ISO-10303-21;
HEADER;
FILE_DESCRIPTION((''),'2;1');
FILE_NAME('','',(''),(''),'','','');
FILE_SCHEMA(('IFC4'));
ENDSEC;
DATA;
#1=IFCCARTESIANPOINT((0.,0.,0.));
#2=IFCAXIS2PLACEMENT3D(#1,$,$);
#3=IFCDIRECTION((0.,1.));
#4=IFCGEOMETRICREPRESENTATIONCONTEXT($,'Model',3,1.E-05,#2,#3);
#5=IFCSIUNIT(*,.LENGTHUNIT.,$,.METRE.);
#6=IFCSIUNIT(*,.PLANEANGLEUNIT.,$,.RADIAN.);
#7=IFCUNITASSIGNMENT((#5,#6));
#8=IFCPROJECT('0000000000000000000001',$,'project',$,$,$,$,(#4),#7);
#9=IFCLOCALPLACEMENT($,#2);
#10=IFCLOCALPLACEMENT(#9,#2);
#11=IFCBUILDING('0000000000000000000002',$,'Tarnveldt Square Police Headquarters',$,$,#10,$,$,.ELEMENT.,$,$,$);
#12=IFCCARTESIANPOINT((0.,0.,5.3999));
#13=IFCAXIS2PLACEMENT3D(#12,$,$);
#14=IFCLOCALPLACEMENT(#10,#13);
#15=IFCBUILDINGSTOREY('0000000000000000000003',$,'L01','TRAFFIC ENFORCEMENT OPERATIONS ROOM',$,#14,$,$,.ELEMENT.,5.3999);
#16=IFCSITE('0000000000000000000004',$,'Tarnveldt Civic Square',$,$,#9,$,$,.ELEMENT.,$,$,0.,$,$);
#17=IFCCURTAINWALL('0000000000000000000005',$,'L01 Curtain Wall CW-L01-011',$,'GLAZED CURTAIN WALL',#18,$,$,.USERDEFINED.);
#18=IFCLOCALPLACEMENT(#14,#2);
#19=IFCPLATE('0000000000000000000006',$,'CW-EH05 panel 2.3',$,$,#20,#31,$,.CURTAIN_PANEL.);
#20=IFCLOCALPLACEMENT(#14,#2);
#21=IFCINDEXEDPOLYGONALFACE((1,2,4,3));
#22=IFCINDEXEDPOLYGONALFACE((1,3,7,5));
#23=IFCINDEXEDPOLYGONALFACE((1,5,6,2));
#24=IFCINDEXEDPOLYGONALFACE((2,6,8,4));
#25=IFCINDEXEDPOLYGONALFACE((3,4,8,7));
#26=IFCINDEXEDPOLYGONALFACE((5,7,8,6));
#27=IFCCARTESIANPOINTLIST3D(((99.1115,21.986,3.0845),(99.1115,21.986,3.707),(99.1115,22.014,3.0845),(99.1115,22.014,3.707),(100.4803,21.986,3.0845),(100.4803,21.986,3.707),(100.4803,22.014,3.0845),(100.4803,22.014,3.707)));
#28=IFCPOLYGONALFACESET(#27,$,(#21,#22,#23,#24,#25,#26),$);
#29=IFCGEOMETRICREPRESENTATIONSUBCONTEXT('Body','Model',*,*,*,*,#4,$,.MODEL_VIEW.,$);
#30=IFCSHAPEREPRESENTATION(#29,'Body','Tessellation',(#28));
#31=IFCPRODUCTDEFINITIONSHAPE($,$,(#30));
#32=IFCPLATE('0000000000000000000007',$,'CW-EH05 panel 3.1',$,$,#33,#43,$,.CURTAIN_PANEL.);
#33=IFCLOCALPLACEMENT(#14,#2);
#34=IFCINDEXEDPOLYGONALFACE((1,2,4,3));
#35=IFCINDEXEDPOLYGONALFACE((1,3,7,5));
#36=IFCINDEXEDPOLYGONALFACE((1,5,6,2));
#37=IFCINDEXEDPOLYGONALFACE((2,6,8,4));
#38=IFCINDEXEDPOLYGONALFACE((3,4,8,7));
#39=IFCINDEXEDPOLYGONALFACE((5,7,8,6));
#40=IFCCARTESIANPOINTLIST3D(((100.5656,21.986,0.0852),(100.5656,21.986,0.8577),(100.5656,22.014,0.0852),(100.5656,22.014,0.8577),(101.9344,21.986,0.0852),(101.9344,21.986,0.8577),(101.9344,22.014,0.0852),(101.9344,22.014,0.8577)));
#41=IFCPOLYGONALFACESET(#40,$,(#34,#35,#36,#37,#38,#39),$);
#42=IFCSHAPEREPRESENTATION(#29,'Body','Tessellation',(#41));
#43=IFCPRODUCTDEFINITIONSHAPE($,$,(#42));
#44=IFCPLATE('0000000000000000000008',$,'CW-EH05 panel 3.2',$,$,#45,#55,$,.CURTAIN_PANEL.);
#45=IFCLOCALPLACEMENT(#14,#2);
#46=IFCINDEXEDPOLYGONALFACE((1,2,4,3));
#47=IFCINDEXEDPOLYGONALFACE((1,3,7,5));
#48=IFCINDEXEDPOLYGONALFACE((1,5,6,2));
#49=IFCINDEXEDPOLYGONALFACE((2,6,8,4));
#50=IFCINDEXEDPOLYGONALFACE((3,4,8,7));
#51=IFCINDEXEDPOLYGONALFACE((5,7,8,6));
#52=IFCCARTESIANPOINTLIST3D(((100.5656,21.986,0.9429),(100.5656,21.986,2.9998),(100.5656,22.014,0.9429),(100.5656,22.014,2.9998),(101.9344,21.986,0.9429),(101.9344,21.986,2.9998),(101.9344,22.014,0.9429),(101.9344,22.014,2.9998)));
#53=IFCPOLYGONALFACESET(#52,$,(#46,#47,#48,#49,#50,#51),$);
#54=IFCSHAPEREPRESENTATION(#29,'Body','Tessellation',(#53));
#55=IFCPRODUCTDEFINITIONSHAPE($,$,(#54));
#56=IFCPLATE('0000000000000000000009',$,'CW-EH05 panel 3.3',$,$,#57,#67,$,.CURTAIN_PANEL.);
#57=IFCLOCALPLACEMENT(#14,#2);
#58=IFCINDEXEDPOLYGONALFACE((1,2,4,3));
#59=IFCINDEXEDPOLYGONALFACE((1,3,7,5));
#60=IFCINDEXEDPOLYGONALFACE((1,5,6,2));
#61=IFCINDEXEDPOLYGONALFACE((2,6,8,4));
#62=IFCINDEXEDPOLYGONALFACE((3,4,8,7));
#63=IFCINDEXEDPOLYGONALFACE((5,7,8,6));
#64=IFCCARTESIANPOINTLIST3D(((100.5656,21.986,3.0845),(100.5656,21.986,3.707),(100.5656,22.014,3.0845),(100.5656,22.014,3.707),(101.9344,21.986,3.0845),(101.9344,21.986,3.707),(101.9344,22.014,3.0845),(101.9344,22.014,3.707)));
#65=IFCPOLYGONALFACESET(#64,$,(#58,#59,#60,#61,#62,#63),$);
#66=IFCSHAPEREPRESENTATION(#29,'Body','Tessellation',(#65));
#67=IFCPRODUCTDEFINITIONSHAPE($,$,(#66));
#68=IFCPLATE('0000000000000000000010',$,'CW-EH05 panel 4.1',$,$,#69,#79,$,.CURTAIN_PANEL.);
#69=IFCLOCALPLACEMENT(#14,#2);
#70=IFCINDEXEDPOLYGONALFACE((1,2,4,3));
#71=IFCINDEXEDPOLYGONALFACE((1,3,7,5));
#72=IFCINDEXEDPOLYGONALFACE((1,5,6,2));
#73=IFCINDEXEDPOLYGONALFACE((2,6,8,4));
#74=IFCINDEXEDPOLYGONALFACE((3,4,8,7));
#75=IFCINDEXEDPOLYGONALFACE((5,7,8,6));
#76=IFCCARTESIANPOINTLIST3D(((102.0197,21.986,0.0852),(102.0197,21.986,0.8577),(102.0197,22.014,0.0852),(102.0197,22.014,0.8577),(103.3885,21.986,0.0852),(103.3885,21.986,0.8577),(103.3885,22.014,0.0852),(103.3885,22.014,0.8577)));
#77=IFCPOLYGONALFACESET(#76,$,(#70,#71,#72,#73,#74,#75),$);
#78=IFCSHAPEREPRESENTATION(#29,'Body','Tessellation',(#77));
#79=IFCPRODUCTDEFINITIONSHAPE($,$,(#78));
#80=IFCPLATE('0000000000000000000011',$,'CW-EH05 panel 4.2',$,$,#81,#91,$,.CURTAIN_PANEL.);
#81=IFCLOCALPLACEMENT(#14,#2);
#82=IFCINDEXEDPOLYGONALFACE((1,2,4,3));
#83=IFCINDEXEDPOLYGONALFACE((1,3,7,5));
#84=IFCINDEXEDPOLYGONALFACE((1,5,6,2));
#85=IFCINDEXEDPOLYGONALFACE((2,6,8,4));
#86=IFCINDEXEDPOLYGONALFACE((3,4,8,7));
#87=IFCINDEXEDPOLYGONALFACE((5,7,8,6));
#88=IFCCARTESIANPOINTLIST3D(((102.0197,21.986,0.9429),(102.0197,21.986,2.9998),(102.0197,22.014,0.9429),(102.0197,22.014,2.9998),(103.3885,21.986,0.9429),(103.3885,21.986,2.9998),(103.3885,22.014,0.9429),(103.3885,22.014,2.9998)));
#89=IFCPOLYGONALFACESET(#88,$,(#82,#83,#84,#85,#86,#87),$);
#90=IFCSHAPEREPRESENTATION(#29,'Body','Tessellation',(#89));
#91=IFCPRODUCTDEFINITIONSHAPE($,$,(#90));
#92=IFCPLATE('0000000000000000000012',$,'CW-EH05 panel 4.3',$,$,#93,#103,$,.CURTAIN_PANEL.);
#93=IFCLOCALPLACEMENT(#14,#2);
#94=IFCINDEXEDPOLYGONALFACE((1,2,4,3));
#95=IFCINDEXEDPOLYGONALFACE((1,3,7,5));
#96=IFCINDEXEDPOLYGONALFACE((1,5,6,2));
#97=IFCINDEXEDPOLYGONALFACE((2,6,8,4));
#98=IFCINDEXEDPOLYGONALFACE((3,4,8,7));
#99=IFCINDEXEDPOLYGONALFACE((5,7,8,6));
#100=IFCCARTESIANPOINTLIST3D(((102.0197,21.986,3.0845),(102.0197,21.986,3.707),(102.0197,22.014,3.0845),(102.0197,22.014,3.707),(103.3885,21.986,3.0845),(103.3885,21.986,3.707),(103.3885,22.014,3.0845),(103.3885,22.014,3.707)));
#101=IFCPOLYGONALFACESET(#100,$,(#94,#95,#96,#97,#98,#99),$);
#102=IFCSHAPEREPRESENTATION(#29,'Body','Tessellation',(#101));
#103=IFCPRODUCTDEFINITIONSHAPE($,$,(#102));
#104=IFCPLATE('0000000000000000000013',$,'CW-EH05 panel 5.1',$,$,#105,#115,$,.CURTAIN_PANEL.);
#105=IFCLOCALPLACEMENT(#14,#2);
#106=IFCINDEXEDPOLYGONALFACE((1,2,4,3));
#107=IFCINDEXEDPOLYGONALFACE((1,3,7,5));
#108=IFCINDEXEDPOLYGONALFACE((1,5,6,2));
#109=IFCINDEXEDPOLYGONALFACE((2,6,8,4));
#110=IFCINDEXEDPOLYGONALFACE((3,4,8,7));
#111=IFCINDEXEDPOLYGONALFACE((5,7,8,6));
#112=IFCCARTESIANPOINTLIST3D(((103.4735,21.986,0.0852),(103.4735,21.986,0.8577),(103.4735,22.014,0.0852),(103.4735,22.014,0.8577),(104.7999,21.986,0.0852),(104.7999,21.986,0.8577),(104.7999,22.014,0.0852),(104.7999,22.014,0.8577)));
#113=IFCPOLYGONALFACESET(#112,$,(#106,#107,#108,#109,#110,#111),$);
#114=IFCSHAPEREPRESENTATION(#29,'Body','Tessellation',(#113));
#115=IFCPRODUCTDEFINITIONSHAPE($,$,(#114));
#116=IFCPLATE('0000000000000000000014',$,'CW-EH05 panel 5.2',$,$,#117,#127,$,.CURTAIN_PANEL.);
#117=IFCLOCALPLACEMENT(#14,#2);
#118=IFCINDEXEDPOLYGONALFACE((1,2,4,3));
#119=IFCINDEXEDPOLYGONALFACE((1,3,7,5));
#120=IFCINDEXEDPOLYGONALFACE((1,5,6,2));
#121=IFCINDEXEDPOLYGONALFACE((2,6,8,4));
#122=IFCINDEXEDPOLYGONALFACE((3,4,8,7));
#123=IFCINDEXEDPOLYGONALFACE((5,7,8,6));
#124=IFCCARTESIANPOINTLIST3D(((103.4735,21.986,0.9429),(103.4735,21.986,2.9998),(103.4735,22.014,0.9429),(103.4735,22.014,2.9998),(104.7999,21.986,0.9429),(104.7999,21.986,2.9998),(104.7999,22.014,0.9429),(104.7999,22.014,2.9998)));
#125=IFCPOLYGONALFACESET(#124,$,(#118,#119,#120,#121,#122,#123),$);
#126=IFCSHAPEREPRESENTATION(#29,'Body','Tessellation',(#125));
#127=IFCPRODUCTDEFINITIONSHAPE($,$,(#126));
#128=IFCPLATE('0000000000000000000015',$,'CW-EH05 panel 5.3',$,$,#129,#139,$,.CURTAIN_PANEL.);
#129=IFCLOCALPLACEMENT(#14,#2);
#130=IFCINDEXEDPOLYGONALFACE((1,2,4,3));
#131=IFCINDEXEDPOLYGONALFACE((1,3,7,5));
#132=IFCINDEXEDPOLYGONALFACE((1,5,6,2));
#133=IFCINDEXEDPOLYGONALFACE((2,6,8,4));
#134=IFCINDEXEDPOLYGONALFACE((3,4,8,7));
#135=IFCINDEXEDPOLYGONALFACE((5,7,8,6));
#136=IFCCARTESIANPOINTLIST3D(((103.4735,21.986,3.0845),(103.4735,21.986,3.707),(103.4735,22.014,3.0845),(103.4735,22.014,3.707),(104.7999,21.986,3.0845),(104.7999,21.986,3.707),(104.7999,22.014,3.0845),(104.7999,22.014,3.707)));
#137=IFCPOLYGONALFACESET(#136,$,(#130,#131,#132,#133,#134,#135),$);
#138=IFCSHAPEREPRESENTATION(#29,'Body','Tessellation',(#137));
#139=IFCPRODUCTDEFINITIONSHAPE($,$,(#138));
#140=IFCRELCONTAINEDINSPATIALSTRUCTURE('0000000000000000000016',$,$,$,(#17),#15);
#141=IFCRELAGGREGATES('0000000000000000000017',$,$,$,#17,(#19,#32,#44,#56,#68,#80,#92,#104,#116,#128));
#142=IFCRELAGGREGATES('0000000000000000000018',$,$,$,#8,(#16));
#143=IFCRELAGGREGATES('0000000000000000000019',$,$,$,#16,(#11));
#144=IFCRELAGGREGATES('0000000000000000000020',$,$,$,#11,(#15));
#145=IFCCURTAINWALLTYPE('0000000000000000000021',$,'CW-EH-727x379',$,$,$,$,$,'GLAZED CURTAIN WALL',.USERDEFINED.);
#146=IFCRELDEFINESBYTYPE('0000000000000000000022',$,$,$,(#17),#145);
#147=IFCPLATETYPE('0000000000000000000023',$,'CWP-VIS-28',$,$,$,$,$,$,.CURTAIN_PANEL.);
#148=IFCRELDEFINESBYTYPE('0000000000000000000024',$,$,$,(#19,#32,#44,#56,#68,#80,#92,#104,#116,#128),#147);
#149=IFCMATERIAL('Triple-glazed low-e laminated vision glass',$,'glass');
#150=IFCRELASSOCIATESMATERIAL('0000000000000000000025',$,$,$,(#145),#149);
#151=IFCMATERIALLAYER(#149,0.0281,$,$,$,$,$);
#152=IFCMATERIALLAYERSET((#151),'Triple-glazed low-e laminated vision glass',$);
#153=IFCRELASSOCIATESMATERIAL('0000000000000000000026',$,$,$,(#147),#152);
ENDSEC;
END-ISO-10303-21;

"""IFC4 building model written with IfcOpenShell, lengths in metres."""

from ifc_helpers import new_model, si_unit, direction, frame, origin, origin_2d, place, context, subcontext, project, spatial, rectangle, extrude, material, layer, layer_set, type_object, element, aggregate, save


model = new_model("IFC4")

# Units and contexts
model_context = context("Model", 3, precision=1e-05, world=origin(), true_north=direction((0.0, 1.0)))
body_context = subcontext(model_context, "Body", "Model", "MODEL_VIEW")
ifc_project = project(units=[si_unit("LENGTHUNIT", "METRE"), si_unit("PLANEANGLEUNIT", "RADIAN")], contexts=[model_context])

# Site, building, storey
site_placement = place(None, origin())
site = spatial("IfcSite", under=ifc_project, at=site_placement, Name="Tarnveldt Civic Square", CompositionType="ELEMENT", RefElevation=0.0)
building_placement = place(site_placement, origin())
building = spatial("IfcBuilding", under=site, at=building_placement, Name="Tarnveldt Square Police Headquarters", CompositionType="ELEMENT")
storey_placement = place(building_placement, frame((0.0, 0.0, 5.3999)))
storey = spatial("IfcBuildingStorey", under=building, at=storey_placement, Name="L01", Description="TRAFFIC ENFORCEMENT OPERATIONS ROOM", CompositionType="ELEMENT", Elevation=5.3999)

# Curtain wall
ifc_material_1 = material(Name="Triple-glazed low-e laminated vision glass", Category="glass")
curtain_wall_type = type_object("IfcCurtainWallType", Name="CW-EH-727x379", ElementType="GLAZED CURTAIN WALL", PredefinedType="USERDEFINED", material=ifc_material_1)
curtain_wall_1_placement = place(storey_placement, origin())
curtain_wall_1 = element("IfcCurtainWall", 1, at=curtain_wall_1_placement, inside=storey, type_object=curtain_wall_type, Name="L01 Curtain Wall CW-L01-011", ObjectType="GLAZED CURTAIN WALL", PredefinedType="USERDEFINED")

# Plates
ifc_layer = layer(ifc_material_1, 0.0281)
ifc_layer_set = layer_set([ifc_layer], Name="Triple-glazed low-e laminated vision glass")
plate_type = type_object("IfcPlateType", Name="CWP-VIS-28", PredefinedType="CURTAIN_PANEL", material=ifc_layer_set)
plate_1_placement = place(storey_placement, frame((99.7959, 22.0, 3.0845), z_axis=(0.0, 0.0, 1.0), x_axis=(1.0, 0.0, 0.0)))
plate_1 = element("IfcPlate", 2, at=plate_1_placement, type_object=plate_type, Name="CW-EH05 panel 2.3", PredefinedType="CURTAIN_PANEL", context=body_context, shape_type="SweptSolid", body=[
    extrude(rectangle(XDim=1.3689, YDim=0.0281, at=origin_2d()), origin(), (0.0, 0.0, 1.0), 0.6226),
])
plate_2_placement = place(storey_placement, frame((101.25, 22.0, 0.0852), z_axis=(0.0, 0.0, 1.0), x_axis=(1.0, 0.0, 0.0)))
plate_2 = element("IfcPlate", 3, at=plate_2_placement, type_object=plate_type, Name="CW-EH05 panel 3.1", PredefinedType="CURTAIN_PANEL", context=body_context, shape_type="SweptSolid", body=[
    extrude(rectangle(XDim=1.3689, YDim=0.0281, at=origin_2d()), origin(), (0.0, 0.0, 1.0), 0.7725),
])
plate_3_placement = place(storey_placement, frame((101.25, 22.0, 0.9429), z_axis=(0.0, 0.0, 1.0), x_axis=(1.0, 0.0, 0.0)))
plate_3 = element("IfcPlate", 4, at=plate_3_placement, type_object=plate_type, Name="CW-EH05 panel 3.2", PredefinedType="CURTAIN_PANEL", context=body_context, shape_type="SweptSolid", body=[
    extrude(rectangle(XDim=1.3689, YDim=0.0281, at=origin_2d()), origin(), (0.0, 0.0, 1.0), 2.0569),
])
plate_4_placement = place(storey_placement, frame((101.25, 22.0, 3.0845), z_axis=(0.0, 0.0, 1.0), x_axis=(1.0, 0.0, 0.0)))
plate_4 = element("IfcPlate", 5, at=plate_4_placement, type_object=plate_type, Name="CW-EH05 panel 3.3", PredefinedType="CURTAIN_PANEL", context=body_context, shape_type="SweptSolid", body=[
    extrude(rectangle(XDim=1.3689, YDim=0.0281, at=origin_2d()), origin(), (0.0, 0.0, 1.0), 0.6226),
])
plate_5_placement = place(storey_placement, frame((102.7041, 22.0, 0.0852), z_axis=(0.0, 0.0, 1.0), x_axis=(1.0, 0.0, 0.0)))
plate_5 = element("IfcPlate", 6, at=plate_5_placement, type_object=plate_type, Name="CW-EH05 panel 4.1", PredefinedType="CURTAIN_PANEL", context=body_context, shape_type="SweptSolid", body=[
    extrude(rectangle(XDim=1.3689, YDim=0.0281, at=origin_2d()), origin(), (0.0, 0.0, 1.0), 0.7725),
])
plate_6_placement = place(storey_placement, frame((102.7041, 22.0, 0.9429), z_axis=(0.0, 0.0, 1.0), x_axis=(1.0, 0.0, 0.0)))
plate_6 = element("IfcPlate", 7, at=plate_6_placement, type_object=plate_type, Name="CW-EH05 panel 4.2", PredefinedType="CURTAIN_PANEL", context=body_context, shape_type="SweptSolid", body=[
    extrude(rectangle(XDim=1.3689, YDim=0.0281, at=origin_2d()), origin(), (0.0, 0.0, 1.0), 2.0569),
])
plate_7_placement = place(storey_placement, frame((102.7041, 22.0, 3.0845), z_axis=(0.0, 0.0, 1.0), x_axis=(1.0, 0.0, 0.0)))
plate_7 = element("IfcPlate", 8, at=plate_7_placement, type_object=plate_type, Name="CW-EH05 panel 4.3", PredefinedType="CURTAIN_PANEL", context=body_context, shape_type="SweptSolid", body=[
    extrude(rectangle(XDim=1.3689, YDim=0.0281, at=origin_2d()), origin(), (0.0, 0.0, 1.0), 0.6226),
])
plate_8_placement = place(storey_placement, frame((104.1367, 22.0, 0.0852), z_axis=(0.0, 0.0, 1.0), x_axis=(1.0, 0.0, 0.0)))
plate_8 = element("IfcPlate", 9, at=plate_8_placement, type_object=plate_type, Name="CW-EH05 panel 5.1", PredefinedType="CURTAIN_PANEL", context=body_context, shape_type="SweptSolid", body=[
    extrude(rectangle(XDim=1.3264, YDim=0.0281, at=origin_2d()), origin(), (0.0, 0.0, 1.0), 0.7725),
])
plate_9_placement = place(storey_placement, frame((104.1367, 22.0, 0.9429), z_axis=(0.0, 0.0, 1.0), x_axis=(1.0, 0.0, 0.0)))
plate_9 = element("IfcPlate", 10, at=plate_9_placement, type_object=plate_type, Name="CW-EH05 panel 5.2", PredefinedType="CURTAIN_PANEL", context=body_context, shape_type="SweptSolid", body=[
    extrude(rectangle(XDim=1.3264, YDim=0.0281, at=origin_2d()), origin(), (0.0, 0.0, 1.0), 2.0569),
])
plate_10_placement = place(storey_placement, frame((104.1367, 22.0, 3.0845), z_axis=(0.0, 0.0, 1.0), x_axis=(1.0, 0.0, 0.0)))
plate_10 = element("IfcPlate", 11, at=plate_10_placement, type_object=plate_type, Name="CW-EH05 panel 5.3", PredefinedType="CURTAIN_PANEL", context=body_context, shape_type="SweptSolid", body=[
    extrude(rectangle(XDim=1.3264, YDim=0.0281, at=origin_2d()), origin(), (0.0, 0.0, 1.0), 0.6226),
])
aggregate(curtain_wall_1, [plate_1, plate_2, plate_3, plate_4, plate_5, plate_6, plate_7, plate_8, plate_9, plate_10])

save(model, "model.ifc")
